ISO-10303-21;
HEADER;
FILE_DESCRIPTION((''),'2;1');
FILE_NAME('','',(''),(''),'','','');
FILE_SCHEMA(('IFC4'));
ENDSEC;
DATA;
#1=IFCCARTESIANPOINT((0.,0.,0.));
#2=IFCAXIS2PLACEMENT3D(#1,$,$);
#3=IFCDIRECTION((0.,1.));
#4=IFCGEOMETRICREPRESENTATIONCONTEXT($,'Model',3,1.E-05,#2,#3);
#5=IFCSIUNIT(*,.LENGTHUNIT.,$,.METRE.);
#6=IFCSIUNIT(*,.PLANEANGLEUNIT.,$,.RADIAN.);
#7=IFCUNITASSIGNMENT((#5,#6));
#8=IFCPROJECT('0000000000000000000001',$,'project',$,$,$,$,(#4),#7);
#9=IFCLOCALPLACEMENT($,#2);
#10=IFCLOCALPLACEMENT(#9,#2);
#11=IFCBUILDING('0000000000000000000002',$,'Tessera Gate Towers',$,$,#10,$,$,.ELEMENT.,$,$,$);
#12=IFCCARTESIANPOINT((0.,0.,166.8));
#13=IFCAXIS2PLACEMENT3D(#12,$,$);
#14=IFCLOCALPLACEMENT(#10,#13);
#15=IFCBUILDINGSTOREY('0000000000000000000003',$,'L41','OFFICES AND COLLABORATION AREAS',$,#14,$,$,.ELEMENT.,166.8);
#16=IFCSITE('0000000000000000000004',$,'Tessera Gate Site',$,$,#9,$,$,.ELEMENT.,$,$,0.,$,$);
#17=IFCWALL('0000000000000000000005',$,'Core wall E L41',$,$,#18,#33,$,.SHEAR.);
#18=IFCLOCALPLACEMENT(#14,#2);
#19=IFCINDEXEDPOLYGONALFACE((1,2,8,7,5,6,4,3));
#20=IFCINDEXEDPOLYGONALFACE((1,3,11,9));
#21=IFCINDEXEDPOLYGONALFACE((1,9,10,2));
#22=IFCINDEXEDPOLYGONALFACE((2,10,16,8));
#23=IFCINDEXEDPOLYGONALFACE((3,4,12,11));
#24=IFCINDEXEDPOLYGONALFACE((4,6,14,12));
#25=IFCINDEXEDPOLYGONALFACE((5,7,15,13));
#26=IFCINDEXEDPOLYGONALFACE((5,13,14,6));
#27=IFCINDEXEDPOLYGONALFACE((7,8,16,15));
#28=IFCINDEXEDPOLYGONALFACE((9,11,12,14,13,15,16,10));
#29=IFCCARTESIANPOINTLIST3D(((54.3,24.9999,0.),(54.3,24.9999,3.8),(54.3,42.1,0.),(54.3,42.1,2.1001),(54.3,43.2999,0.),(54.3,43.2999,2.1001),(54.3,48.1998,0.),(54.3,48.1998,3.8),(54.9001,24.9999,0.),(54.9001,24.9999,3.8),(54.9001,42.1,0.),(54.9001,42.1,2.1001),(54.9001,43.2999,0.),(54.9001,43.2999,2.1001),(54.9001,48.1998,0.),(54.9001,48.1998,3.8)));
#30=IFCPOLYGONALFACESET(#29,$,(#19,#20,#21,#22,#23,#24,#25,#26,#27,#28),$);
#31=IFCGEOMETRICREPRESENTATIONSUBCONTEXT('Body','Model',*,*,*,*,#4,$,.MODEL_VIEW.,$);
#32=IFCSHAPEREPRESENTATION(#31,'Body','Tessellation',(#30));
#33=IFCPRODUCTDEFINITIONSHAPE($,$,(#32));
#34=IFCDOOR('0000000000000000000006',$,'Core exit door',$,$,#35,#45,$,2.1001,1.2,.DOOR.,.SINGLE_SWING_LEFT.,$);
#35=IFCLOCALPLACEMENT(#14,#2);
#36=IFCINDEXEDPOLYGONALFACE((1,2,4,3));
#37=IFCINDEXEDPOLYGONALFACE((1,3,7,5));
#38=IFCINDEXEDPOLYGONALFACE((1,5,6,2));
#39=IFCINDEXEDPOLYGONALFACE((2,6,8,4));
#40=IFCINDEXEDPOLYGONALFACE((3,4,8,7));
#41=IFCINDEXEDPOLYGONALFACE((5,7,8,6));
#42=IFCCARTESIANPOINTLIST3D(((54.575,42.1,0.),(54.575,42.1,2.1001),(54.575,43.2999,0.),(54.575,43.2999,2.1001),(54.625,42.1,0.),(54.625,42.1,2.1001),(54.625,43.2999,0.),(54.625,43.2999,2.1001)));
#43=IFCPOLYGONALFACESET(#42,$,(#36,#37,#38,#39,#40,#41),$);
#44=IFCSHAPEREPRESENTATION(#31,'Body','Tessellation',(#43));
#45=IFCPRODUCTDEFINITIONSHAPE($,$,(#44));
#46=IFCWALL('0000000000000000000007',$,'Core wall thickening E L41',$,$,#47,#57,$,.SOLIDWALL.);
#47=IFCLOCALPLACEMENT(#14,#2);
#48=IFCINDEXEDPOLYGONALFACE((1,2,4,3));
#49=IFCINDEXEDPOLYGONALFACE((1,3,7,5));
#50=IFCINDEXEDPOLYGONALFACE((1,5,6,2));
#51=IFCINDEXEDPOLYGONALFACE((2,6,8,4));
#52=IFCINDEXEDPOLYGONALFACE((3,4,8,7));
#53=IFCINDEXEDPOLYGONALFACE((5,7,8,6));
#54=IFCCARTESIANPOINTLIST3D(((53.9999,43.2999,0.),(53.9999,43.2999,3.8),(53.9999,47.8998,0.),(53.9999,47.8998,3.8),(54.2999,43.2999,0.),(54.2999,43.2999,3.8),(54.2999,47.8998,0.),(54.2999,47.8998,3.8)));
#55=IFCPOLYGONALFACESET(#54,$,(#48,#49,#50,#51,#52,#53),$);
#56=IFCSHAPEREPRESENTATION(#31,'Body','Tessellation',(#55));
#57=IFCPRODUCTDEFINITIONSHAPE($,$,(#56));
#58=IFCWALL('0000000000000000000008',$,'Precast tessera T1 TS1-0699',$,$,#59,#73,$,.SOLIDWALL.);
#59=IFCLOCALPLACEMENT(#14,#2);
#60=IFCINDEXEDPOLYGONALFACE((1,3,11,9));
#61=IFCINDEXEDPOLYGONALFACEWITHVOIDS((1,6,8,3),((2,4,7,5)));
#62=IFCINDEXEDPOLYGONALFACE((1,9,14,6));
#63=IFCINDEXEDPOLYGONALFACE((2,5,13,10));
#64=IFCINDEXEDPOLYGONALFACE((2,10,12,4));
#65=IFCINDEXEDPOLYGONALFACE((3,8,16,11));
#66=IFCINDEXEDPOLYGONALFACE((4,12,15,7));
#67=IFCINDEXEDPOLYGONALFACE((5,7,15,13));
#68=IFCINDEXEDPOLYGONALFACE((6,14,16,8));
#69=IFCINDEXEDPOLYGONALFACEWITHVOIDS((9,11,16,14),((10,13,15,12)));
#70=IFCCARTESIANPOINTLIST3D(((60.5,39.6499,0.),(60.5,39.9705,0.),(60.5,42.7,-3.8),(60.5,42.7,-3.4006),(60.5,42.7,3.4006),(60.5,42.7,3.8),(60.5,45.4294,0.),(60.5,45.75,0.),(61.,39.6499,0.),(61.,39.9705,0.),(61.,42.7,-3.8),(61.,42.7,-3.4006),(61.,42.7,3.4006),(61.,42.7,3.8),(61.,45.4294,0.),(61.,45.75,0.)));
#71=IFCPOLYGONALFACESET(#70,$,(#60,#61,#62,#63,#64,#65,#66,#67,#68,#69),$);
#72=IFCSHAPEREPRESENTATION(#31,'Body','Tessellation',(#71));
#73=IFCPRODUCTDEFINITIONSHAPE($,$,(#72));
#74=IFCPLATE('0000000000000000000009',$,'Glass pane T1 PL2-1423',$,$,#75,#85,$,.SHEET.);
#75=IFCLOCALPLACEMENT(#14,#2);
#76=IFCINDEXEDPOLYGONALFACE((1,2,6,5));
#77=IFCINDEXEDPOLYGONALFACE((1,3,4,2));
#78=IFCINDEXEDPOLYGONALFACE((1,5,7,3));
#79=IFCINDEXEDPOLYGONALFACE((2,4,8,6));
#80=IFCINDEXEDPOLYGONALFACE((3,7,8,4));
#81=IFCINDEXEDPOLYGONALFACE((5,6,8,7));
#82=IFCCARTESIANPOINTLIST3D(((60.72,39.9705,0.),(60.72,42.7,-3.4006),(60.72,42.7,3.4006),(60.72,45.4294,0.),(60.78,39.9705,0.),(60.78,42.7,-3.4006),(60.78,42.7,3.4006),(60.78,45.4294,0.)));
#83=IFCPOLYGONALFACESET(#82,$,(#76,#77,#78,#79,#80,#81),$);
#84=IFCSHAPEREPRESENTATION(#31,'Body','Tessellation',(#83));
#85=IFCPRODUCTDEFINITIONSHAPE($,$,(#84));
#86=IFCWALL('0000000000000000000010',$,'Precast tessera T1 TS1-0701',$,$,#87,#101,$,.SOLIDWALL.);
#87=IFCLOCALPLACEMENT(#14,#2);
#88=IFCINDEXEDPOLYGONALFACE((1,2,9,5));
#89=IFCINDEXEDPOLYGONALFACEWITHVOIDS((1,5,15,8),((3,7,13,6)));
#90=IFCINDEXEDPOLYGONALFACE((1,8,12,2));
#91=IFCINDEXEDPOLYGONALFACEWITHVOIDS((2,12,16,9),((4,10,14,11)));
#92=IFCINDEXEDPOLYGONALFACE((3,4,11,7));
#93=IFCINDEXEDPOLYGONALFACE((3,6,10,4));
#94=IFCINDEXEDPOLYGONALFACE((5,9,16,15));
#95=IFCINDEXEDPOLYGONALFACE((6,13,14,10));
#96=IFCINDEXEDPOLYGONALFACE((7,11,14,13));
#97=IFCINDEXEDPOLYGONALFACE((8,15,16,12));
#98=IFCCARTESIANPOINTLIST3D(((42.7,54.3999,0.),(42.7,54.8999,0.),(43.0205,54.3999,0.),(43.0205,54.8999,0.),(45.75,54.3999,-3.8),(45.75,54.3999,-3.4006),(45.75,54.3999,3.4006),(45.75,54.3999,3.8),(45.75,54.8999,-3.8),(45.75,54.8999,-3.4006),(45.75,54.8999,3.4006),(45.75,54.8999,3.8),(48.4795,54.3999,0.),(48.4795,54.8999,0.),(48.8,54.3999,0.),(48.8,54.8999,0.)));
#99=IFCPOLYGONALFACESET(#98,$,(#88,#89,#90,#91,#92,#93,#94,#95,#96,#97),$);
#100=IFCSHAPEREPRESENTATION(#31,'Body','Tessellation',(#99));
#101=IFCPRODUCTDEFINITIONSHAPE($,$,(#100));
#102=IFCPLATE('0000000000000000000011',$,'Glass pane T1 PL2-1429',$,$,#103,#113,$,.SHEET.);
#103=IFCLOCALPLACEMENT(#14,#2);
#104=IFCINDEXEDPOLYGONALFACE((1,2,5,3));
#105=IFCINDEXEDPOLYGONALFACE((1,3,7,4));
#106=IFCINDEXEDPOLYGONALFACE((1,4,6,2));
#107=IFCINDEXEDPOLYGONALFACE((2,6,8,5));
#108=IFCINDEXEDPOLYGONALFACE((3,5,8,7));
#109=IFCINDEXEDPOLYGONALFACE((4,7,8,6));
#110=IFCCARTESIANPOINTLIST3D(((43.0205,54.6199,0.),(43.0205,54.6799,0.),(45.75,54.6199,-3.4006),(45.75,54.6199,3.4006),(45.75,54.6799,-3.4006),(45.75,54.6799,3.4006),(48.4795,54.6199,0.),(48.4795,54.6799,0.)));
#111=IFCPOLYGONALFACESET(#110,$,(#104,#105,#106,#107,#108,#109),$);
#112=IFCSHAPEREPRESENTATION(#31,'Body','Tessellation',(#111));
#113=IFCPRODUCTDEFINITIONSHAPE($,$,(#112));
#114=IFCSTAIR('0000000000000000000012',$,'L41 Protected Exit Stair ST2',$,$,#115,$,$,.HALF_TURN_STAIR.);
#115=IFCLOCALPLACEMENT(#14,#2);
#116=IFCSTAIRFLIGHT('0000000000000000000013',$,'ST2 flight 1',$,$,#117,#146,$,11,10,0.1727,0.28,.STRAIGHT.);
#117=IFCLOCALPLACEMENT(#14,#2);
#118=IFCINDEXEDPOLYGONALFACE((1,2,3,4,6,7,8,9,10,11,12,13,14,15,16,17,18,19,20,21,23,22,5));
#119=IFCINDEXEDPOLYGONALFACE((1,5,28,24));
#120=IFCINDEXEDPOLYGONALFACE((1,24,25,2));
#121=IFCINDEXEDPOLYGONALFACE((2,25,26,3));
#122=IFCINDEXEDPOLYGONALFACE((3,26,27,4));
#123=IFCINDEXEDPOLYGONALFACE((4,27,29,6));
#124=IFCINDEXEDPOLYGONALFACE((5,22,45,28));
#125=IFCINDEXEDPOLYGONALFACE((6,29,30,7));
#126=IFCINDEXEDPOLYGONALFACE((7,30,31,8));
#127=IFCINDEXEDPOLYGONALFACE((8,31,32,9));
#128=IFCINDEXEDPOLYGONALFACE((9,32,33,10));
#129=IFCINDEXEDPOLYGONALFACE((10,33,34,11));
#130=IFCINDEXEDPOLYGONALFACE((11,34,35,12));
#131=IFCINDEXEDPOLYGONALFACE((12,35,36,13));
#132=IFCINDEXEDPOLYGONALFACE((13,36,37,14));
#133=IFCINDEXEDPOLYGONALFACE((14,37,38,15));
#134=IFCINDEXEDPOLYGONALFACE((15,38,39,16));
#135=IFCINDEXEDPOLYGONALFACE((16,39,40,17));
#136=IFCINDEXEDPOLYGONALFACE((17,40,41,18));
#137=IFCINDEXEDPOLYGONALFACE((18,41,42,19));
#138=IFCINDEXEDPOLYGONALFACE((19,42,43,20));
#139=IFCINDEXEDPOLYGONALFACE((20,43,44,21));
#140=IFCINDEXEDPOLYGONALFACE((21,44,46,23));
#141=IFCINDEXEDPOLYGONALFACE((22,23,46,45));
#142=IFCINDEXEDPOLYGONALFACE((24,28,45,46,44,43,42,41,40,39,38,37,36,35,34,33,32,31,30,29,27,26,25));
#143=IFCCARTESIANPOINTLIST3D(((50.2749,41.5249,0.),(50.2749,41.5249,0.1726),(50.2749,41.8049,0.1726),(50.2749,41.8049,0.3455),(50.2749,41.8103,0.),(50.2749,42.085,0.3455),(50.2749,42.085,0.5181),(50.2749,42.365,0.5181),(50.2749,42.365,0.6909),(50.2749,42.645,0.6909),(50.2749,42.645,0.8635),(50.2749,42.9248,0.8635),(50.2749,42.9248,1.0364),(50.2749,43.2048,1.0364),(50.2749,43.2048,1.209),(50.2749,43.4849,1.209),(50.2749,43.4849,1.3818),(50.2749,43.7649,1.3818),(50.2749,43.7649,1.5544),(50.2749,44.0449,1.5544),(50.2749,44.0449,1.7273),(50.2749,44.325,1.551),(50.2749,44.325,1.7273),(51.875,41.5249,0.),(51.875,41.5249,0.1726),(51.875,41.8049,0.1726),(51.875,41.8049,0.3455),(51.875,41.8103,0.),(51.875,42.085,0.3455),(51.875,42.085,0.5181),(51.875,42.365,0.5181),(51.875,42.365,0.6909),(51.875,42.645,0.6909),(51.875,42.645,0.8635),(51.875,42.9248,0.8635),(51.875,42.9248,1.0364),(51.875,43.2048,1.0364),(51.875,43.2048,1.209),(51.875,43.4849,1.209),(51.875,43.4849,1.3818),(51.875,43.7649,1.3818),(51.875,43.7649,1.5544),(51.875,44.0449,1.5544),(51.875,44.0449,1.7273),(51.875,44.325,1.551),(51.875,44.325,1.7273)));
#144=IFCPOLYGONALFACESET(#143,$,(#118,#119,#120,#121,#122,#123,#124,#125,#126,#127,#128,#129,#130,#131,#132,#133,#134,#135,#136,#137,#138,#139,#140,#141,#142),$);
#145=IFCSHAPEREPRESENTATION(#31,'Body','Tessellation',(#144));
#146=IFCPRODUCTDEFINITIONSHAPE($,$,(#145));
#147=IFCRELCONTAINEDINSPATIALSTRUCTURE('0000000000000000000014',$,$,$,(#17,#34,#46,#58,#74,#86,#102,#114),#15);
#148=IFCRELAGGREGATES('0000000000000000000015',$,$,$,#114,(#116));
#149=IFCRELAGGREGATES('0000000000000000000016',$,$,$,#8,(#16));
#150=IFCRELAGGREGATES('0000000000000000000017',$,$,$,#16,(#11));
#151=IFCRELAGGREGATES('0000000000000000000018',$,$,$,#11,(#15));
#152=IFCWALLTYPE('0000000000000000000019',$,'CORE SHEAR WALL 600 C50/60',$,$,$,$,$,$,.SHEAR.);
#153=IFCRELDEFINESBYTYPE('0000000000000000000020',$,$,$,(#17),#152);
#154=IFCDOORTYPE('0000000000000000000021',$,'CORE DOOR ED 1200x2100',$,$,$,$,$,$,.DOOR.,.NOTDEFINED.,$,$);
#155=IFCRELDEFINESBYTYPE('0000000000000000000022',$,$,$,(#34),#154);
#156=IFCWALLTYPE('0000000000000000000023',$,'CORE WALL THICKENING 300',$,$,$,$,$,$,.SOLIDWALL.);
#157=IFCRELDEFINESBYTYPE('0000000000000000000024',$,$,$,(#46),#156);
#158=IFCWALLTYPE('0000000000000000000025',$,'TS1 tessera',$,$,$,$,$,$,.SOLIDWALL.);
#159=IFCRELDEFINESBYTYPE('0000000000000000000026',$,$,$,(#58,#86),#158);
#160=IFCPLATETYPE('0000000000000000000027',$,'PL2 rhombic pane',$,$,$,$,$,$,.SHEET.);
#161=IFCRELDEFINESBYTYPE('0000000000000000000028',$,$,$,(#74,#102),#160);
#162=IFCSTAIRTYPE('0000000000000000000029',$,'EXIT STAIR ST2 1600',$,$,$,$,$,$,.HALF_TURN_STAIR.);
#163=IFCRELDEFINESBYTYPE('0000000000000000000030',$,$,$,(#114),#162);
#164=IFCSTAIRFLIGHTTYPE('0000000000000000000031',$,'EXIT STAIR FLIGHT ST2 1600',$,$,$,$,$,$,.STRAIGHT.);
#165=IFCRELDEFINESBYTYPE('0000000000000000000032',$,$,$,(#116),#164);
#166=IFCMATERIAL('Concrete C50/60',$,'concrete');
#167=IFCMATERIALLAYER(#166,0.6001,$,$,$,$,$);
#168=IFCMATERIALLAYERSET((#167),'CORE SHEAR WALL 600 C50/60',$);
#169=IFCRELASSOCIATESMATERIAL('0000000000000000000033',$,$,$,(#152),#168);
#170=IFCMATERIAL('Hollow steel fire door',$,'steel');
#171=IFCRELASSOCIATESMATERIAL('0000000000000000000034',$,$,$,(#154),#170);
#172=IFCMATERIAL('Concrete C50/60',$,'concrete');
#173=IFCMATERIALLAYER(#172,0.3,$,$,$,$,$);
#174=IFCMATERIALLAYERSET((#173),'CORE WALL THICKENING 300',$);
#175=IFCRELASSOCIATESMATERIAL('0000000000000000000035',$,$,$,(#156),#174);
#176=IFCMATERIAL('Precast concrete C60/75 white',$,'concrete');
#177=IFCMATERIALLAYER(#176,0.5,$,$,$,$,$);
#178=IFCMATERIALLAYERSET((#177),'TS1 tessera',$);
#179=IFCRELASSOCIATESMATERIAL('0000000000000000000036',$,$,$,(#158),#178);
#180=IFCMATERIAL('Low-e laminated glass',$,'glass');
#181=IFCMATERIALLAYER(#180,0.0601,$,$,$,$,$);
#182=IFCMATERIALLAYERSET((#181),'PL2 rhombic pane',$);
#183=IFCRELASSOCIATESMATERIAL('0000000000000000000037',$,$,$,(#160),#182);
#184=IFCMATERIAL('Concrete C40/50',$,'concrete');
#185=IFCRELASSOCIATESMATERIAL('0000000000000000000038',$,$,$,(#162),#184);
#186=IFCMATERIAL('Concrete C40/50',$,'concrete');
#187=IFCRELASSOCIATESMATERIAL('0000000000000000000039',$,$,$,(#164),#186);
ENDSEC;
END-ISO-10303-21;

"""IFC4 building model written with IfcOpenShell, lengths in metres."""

from ifc_helpers import new_model, si_unit, direction, frame, frame_2d, origin, place, context, subcontext, project, spatial, polyline, rectangle, outline, extrude, source, transform, mapped, material, layer, layer_set, type_object, element, fill, aggregate, save


model = new_model("IFC4")

# Units and contexts
model_context = context("Model", 3, precision=1e-05, world=origin(), true_north=direction((0.0, 1.0)))
body_context = subcontext(model_context, "Body", "Model", "MODEL_VIEW")
ifc_project = project(units=[si_unit("LENGTHUNIT", "METRE"), si_unit("PLANEANGLEUNIT", "RADIAN")], contexts=[model_context])

# Site, building, storey
site_placement = place(None, origin())
site = spatial("IfcSite", under=ifc_project, at=site_placement, Name="Tessera Gate Site", CompositionType="ELEMENT", RefElevation=0.0)
building_placement = place(site_placement, origin())
building = spatial("IfcBuilding", under=site, at=building_placement, Name="Tessera Gate Towers", CompositionType="ELEMENT")
storey_placement = place(building_placement, frame((0.0, 0.0, 166.8)))
storey = spatial("IfcBuildingStorey", under=building, at=storey_placement, Name="L41", Description="OFFICES AND COLLABORATION AREAS", CompositionType="ELEMENT", Elevation=166.8)

# Wall, opening, door
shared_shape_1 = source(origin(), body_context, "Body", "SweptSolid", [
    extrude(rectangle(XDim=1.2, YDim=2.1001, at=frame_2d((0.6001, 1.05))), frame((0.0, 0.0249, 0.0), z_axis=(0.0, -1.0, 0.0), x_axis=(1.0, 0.0, 0.0)), (0.0, 0.0, 1.0), 0.05),
])
ifc_material_1 = material(Name="Concrete C50/60", Category="concrete")
ifc_layer_1 = layer(ifc_material_1, 0.6001)
ifc_layer_set_1 = layer_set([ifc_layer_1], Name="CORE SHEAR WALL 600 C50/60")
wall_type_1 = type_object("IfcWallType", Name="CORE SHEAR WALL 600 C50/60", PredefinedType="SHEAR", material=ifc_layer_set_1)
wall_1_placement = place(storey_placement, frame((54.6001, 48.2, 0.0), z_axis=(0.0, 0.0, 1.0), x_axis=(0.0, -1.0, 0.0)))
wall_1 = element("IfcWall", 1, at=wall_1_placement, inside=storey, type_object=wall_type_1, Name="Core wall E L41", PredefinedType="SHEAR", context=body_context, shape_type="SweptSolid", body=[
    extrude(rectangle(XDim=23.2, YDim=0.6001, at=frame_2d((11.6001, 0.0))), origin(), (0.0, 0.0, 1.0), 3.8),
])
shared_shape_2 = source(origin(), body_context, "Body", "SweptSolid", [
    extrude(rectangle(XDim=1.2, YDim=2.1001, at=frame_2d((0.6001, 1.05))), frame((0.0, 0.3101, 0.0), z_axis=(0.0, -1.0, 0.0), x_axis=(1.0, 0.0, 0.0)), (0.0, 0.0, 1.0), 0.6201),
])
opening_1_placement = place(wall_1_placement, frame((4.8999, 0.0, 0.0)))
opening_1 = element("IfcOpeningElement", 2, at=opening_1_placement, cuts=wall_1, PredefinedType="OPENING", context=body_context, shape_type="MappedRepresentation", body=[
    mapped(shared_shape_2, transform((0.0, 0.0, 0.0), scale=1.0)),
])
ifc_material_2 = material(Name="Hollow steel fire door", Category="steel")
door_type_1 = type_object("IfcDoorType", Name="CORE DOOR ED 1200x2100", OperationType="NOTDEFINED", PredefinedType="DOOR", material=ifc_material_2)
door_1_placement = place(opening_1_placement, origin())
door_1 = element("IfcDoor", 3, at=door_1_placement, inside=storey, type_object=door_type_1, Name="Core exit door", OperationType="SINGLE_SWING_LEFT", OverallHeight=2.1001, OverallWidth=1.2, PredefinedType="DOOR", context=body_context, shape_type="MappedRepresentation", body=[
    mapped(shared_shape_1, transform((0.0, 0.0, 0.0), scale=1.0)),
])
fill(opening_1, door_1)

# Wall
ifc_material_3 = material(Name="Concrete C50/60", Category="concrete")
ifc_layer_2 = layer(ifc_material_3, 0.3)
ifc_layer_set_2 = layer_set([ifc_layer_2], Name="CORE WALL THICKENING 300")
wall_type_2 = type_object("IfcWallType", Name="CORE WALL THICKENING 300", PredefinedType="SOLIDWALL", material=ifc_layer_set_2)
wall_2_placement = place(storey_placement, frame((54.1499, 43.3, 0.0), z_axis=(0.0, 0.0, 1.0), x_axis=(0.0, 1.0, 0.0)))
element("IfcWall", 4, at=wall_2_placement, inside=storey, type_object=wall_type_2, Name="Core wall thickening E L41", PredefinedType="SOLIDWALL", context=body_context, shape_type="SweptSolid", body=[
    extrude(rectangle(XDim=4.5999, YDim=0.3, at=frame_2d((2.2998, 0.0))), origin(), (0.0, 0.0, 1.0), 3.8),
])

# Walls, openings, plates
ifc_material_4 = material(Name="Precast concrete C60/75 white", Category="concrete")
ifc_layer_3 = layer(ifc_material_4, 0.5)
ifc_layer_set_3 = layer_set([ifc_layer_3], Name="TS1 tessera")
wall_type_3 = type_object("IfcWallType", Name="TS1 tessera", PredefinedType="SOLIDWALL", material=ifc_layer_set_3)
shared_shape_3 = source(origin(), body_context, "Body", "SweptSolid", [
    extrude(outline(polyline([(3.05, 0.0), (6.1001, 3.8), (3.05, 7.6001), (0.0, 3.8), (3.05, 0.0)])), frame((0.0, 0.25, 0.0), z_axis=(0.0, -1.0, 0.0), x_axis=(1.0, 0.0, 0.0)), (0.0, 0.0, 1.0), 0.5),
])
wall_3_placement = place(storey_placement, frame((60.75, 39.6499, -3.8), z_axis=(0.0, 0.0, 1.0), x_axis=(0.0, 1.0, 0.0)))
wall_3 = element("IfcWall", 5, at=wall_3_placement, inside=storey, type_object=wall_type_3, Name="Precast tessera T1 TS1-0699", PredefinedType="SOLIDWALL", context=body_context, shape_type="MappedRepresentation", body=[
    mapped(shared_shape_3, transform((0.0, 0.0, 0.0), scale=1.0)),
])
shared_shape_4 = source(origin(), body_context, "Body", "SweptSolid", [
    extrude(outline(polyline([(3.05, 0.3994), (5.7795, 3.8), (3.05, 7.2007), (0.3206, 3.8), (3.05, 0.3994)])), frame((0.0, 0.26, 0.0), z_axis=(0.0, -1.0, 0.0), x_axis=(1.0, 0.0, 0.0)), (0.0, 0.0, 1.0), 0.52),
])
opening_2_placement = place(wall_3_placement, origin())
opening_2 = element("IfcOpeningElement", 6, at=opening_2_placement, cuts=wall_3, PredefinedType="OPENING", context=body_context, shape_type="MappedRepresentation", body=[
    mapped(shared_shape_4, transform((0.0, 0.0, 0.0), scale=1.0)),
])
ifc_material_5 = material(Name="Low-e laminated glass", Category="glass")
ifc_layer_4 = layer(ifc_material_5, 0.0601)
ifc_layer_set_4 = layer_set([ifc_layer_4], Name="PL2 rhombic pane")
plate_type = type_object("IfcPlateType", Name="PL2 rhombic pane", PredefinedType="SHEET", material=ifc_layer_set_4)
shared_shape_5 = source(origin(), body_context, "Body", "SweptSolid", [
    extrude(outline(polyline([(3.05, 0.3994), (5.7795, 3.8), (3.05, 7.2007), (0.3206, 3.8), (3.05, 0.3994)])), frame((0.0, 0.03, 0.0), z_axis=(0.0, -1.0, 0.0), x_axis=(1.0, 0.0, 0.0)), (0.0, 0.0, 1.0), 0.0601),
])
plate_1_placement = place(opening_2_placement, origin())
plate_1 = element("IfcPlate", 7, at=plate_1_placement, inside=storey, type_object=plate_type, Name="Glass pane T1 PL2-1423", PredefinedType="SHEET", context=body_context, shape_type="MappedRepresentation", body=[
    mapped(shared_shape_5, transform((0.0, 0.0, 0.0), scale=1.0)),
])
fill(opening_2, plate_1)
wall_4_placement = place(storey_placement, frame((48.8, 54.6499, -3.8), z_axis=(0.0, 0.0, 1.0), x_axis=(-1.0, 0.0, 0.0)))
wall_4 = element("IfcWall", 8, at=wall_4_placement, inside=storey, type_object=wall_type_3, Name="Precast tessera T1 TS1-0701", PredefinedType="SOLIDWALL", context=body_context, shape_type="MappedRepresentation", body=[
    mapped(shared_shape_3, transform((0.0, 0.0, 0.0), scale=1.0)),
])
opening_3_placement = place(wall_4_placement, origin())
opening_3 = element("IfcOpeningElement", 9, at=opening_3_placement, cuts=wall_4, PredefinedType="OPENING", context=body_context, shape_type="MappedRepresentation", body=[
    mapped(shared_shape_4, transform((0.0, 0.0, 0.0), scale=1.0)),
])
plate_2_placement = place(opening_3_placement, origin())
plate_2 = element("IfcPlate", 10, at=plate_2_placement, inside=storey, type_object=plate_type, Name="Glass pane T1 PL2-1429", PredefinedType="SHEET", context=body_context, shape_type="MappedRepresentation", body=[
    mapped(shared_shape_5, transform((0.0, 0.0, 0.0), scale=1.0)),
])
fill(opening_3, plate_2)

# Stair, stair flight
ifc_material_6 = material(Name="Concrete C40/50", Category="concrete")
stair_type = type_object("IfcStairType", Name="EXIT STAIR ST2 1600", PredefinedType="HALF_TURN_STAIR", material=ifc_material_6)
stair_placement = place(storey_placement, origin())
stair = element("IfcStair", 11, at=stair_placement, inside=storey, type_object=stair_type, Name="L41 Protected Exit Stair ST2", PredefinedType="HALF_TURN_STAIR")
ifc_material_7 = material(Name="Concrete C40/50", Category="concrete")
stair_flight_type = type_object("IfcStairFlightType", Name="EXIT STAIR FLIGHT ST2 1600", PredefinedType="STRAIGHT", material=ifc_material_7)
stair_flight_1_placement = place(storey_placement, frame((51.075, 41.5249, 0.0), z_axis=(0.0, 0.0, 1.0), x_axis=(0.0, 1.0, 0.0)))
stair_flight_1 = element("IfcStairFlight", 12, at=stair_flight_1_placement, type_object=stair_flight_type, Name="ST2 flight 1", NumberOfRisers=11, NumberOfTreads=10, PredefinedType="STRAIGHT", RiserHeight=0.1727, TreadLength=0.28, context=body_context, shape_type="SweptSolid", body=[
    extrude(outline(polyline([(0.0, 0.0), (0.0, 0.1726), (0.28, 0.1726), (0.28, 0.3455), (0.5601, 0.3455), (0.5601, 0.5181), (0.8401, 0.5181), (0.8401, 0.6909), (1.1201, 0.6909), (1.1201, 0.8635), (1.3999, 0.8635), (1.3999, 1.0364), (1.6799, 1.0364), (1.6799, 1.209), (1.96, 1.209), (1.96, 1.3818), (2.24, 1.3818), (2.24, 1.5544), (2.52, 1.5544), (2.52, 1.7273), (2.8, 1.7273), (2.8, 1.8999), (2.8, 1.551), (0.2854, 0.0), (0.0, 0.0)])), frame((0.0, 0.8, 0.0), z_axis=(0.0, -1.0, 0.0), x_axis=(1.0, 0.0, 0.0)), (0.0, 0.0, 1.0), 1.6001),
])
aggregate(stair, [stair_flight_1])

save(model, "model.ifc")
